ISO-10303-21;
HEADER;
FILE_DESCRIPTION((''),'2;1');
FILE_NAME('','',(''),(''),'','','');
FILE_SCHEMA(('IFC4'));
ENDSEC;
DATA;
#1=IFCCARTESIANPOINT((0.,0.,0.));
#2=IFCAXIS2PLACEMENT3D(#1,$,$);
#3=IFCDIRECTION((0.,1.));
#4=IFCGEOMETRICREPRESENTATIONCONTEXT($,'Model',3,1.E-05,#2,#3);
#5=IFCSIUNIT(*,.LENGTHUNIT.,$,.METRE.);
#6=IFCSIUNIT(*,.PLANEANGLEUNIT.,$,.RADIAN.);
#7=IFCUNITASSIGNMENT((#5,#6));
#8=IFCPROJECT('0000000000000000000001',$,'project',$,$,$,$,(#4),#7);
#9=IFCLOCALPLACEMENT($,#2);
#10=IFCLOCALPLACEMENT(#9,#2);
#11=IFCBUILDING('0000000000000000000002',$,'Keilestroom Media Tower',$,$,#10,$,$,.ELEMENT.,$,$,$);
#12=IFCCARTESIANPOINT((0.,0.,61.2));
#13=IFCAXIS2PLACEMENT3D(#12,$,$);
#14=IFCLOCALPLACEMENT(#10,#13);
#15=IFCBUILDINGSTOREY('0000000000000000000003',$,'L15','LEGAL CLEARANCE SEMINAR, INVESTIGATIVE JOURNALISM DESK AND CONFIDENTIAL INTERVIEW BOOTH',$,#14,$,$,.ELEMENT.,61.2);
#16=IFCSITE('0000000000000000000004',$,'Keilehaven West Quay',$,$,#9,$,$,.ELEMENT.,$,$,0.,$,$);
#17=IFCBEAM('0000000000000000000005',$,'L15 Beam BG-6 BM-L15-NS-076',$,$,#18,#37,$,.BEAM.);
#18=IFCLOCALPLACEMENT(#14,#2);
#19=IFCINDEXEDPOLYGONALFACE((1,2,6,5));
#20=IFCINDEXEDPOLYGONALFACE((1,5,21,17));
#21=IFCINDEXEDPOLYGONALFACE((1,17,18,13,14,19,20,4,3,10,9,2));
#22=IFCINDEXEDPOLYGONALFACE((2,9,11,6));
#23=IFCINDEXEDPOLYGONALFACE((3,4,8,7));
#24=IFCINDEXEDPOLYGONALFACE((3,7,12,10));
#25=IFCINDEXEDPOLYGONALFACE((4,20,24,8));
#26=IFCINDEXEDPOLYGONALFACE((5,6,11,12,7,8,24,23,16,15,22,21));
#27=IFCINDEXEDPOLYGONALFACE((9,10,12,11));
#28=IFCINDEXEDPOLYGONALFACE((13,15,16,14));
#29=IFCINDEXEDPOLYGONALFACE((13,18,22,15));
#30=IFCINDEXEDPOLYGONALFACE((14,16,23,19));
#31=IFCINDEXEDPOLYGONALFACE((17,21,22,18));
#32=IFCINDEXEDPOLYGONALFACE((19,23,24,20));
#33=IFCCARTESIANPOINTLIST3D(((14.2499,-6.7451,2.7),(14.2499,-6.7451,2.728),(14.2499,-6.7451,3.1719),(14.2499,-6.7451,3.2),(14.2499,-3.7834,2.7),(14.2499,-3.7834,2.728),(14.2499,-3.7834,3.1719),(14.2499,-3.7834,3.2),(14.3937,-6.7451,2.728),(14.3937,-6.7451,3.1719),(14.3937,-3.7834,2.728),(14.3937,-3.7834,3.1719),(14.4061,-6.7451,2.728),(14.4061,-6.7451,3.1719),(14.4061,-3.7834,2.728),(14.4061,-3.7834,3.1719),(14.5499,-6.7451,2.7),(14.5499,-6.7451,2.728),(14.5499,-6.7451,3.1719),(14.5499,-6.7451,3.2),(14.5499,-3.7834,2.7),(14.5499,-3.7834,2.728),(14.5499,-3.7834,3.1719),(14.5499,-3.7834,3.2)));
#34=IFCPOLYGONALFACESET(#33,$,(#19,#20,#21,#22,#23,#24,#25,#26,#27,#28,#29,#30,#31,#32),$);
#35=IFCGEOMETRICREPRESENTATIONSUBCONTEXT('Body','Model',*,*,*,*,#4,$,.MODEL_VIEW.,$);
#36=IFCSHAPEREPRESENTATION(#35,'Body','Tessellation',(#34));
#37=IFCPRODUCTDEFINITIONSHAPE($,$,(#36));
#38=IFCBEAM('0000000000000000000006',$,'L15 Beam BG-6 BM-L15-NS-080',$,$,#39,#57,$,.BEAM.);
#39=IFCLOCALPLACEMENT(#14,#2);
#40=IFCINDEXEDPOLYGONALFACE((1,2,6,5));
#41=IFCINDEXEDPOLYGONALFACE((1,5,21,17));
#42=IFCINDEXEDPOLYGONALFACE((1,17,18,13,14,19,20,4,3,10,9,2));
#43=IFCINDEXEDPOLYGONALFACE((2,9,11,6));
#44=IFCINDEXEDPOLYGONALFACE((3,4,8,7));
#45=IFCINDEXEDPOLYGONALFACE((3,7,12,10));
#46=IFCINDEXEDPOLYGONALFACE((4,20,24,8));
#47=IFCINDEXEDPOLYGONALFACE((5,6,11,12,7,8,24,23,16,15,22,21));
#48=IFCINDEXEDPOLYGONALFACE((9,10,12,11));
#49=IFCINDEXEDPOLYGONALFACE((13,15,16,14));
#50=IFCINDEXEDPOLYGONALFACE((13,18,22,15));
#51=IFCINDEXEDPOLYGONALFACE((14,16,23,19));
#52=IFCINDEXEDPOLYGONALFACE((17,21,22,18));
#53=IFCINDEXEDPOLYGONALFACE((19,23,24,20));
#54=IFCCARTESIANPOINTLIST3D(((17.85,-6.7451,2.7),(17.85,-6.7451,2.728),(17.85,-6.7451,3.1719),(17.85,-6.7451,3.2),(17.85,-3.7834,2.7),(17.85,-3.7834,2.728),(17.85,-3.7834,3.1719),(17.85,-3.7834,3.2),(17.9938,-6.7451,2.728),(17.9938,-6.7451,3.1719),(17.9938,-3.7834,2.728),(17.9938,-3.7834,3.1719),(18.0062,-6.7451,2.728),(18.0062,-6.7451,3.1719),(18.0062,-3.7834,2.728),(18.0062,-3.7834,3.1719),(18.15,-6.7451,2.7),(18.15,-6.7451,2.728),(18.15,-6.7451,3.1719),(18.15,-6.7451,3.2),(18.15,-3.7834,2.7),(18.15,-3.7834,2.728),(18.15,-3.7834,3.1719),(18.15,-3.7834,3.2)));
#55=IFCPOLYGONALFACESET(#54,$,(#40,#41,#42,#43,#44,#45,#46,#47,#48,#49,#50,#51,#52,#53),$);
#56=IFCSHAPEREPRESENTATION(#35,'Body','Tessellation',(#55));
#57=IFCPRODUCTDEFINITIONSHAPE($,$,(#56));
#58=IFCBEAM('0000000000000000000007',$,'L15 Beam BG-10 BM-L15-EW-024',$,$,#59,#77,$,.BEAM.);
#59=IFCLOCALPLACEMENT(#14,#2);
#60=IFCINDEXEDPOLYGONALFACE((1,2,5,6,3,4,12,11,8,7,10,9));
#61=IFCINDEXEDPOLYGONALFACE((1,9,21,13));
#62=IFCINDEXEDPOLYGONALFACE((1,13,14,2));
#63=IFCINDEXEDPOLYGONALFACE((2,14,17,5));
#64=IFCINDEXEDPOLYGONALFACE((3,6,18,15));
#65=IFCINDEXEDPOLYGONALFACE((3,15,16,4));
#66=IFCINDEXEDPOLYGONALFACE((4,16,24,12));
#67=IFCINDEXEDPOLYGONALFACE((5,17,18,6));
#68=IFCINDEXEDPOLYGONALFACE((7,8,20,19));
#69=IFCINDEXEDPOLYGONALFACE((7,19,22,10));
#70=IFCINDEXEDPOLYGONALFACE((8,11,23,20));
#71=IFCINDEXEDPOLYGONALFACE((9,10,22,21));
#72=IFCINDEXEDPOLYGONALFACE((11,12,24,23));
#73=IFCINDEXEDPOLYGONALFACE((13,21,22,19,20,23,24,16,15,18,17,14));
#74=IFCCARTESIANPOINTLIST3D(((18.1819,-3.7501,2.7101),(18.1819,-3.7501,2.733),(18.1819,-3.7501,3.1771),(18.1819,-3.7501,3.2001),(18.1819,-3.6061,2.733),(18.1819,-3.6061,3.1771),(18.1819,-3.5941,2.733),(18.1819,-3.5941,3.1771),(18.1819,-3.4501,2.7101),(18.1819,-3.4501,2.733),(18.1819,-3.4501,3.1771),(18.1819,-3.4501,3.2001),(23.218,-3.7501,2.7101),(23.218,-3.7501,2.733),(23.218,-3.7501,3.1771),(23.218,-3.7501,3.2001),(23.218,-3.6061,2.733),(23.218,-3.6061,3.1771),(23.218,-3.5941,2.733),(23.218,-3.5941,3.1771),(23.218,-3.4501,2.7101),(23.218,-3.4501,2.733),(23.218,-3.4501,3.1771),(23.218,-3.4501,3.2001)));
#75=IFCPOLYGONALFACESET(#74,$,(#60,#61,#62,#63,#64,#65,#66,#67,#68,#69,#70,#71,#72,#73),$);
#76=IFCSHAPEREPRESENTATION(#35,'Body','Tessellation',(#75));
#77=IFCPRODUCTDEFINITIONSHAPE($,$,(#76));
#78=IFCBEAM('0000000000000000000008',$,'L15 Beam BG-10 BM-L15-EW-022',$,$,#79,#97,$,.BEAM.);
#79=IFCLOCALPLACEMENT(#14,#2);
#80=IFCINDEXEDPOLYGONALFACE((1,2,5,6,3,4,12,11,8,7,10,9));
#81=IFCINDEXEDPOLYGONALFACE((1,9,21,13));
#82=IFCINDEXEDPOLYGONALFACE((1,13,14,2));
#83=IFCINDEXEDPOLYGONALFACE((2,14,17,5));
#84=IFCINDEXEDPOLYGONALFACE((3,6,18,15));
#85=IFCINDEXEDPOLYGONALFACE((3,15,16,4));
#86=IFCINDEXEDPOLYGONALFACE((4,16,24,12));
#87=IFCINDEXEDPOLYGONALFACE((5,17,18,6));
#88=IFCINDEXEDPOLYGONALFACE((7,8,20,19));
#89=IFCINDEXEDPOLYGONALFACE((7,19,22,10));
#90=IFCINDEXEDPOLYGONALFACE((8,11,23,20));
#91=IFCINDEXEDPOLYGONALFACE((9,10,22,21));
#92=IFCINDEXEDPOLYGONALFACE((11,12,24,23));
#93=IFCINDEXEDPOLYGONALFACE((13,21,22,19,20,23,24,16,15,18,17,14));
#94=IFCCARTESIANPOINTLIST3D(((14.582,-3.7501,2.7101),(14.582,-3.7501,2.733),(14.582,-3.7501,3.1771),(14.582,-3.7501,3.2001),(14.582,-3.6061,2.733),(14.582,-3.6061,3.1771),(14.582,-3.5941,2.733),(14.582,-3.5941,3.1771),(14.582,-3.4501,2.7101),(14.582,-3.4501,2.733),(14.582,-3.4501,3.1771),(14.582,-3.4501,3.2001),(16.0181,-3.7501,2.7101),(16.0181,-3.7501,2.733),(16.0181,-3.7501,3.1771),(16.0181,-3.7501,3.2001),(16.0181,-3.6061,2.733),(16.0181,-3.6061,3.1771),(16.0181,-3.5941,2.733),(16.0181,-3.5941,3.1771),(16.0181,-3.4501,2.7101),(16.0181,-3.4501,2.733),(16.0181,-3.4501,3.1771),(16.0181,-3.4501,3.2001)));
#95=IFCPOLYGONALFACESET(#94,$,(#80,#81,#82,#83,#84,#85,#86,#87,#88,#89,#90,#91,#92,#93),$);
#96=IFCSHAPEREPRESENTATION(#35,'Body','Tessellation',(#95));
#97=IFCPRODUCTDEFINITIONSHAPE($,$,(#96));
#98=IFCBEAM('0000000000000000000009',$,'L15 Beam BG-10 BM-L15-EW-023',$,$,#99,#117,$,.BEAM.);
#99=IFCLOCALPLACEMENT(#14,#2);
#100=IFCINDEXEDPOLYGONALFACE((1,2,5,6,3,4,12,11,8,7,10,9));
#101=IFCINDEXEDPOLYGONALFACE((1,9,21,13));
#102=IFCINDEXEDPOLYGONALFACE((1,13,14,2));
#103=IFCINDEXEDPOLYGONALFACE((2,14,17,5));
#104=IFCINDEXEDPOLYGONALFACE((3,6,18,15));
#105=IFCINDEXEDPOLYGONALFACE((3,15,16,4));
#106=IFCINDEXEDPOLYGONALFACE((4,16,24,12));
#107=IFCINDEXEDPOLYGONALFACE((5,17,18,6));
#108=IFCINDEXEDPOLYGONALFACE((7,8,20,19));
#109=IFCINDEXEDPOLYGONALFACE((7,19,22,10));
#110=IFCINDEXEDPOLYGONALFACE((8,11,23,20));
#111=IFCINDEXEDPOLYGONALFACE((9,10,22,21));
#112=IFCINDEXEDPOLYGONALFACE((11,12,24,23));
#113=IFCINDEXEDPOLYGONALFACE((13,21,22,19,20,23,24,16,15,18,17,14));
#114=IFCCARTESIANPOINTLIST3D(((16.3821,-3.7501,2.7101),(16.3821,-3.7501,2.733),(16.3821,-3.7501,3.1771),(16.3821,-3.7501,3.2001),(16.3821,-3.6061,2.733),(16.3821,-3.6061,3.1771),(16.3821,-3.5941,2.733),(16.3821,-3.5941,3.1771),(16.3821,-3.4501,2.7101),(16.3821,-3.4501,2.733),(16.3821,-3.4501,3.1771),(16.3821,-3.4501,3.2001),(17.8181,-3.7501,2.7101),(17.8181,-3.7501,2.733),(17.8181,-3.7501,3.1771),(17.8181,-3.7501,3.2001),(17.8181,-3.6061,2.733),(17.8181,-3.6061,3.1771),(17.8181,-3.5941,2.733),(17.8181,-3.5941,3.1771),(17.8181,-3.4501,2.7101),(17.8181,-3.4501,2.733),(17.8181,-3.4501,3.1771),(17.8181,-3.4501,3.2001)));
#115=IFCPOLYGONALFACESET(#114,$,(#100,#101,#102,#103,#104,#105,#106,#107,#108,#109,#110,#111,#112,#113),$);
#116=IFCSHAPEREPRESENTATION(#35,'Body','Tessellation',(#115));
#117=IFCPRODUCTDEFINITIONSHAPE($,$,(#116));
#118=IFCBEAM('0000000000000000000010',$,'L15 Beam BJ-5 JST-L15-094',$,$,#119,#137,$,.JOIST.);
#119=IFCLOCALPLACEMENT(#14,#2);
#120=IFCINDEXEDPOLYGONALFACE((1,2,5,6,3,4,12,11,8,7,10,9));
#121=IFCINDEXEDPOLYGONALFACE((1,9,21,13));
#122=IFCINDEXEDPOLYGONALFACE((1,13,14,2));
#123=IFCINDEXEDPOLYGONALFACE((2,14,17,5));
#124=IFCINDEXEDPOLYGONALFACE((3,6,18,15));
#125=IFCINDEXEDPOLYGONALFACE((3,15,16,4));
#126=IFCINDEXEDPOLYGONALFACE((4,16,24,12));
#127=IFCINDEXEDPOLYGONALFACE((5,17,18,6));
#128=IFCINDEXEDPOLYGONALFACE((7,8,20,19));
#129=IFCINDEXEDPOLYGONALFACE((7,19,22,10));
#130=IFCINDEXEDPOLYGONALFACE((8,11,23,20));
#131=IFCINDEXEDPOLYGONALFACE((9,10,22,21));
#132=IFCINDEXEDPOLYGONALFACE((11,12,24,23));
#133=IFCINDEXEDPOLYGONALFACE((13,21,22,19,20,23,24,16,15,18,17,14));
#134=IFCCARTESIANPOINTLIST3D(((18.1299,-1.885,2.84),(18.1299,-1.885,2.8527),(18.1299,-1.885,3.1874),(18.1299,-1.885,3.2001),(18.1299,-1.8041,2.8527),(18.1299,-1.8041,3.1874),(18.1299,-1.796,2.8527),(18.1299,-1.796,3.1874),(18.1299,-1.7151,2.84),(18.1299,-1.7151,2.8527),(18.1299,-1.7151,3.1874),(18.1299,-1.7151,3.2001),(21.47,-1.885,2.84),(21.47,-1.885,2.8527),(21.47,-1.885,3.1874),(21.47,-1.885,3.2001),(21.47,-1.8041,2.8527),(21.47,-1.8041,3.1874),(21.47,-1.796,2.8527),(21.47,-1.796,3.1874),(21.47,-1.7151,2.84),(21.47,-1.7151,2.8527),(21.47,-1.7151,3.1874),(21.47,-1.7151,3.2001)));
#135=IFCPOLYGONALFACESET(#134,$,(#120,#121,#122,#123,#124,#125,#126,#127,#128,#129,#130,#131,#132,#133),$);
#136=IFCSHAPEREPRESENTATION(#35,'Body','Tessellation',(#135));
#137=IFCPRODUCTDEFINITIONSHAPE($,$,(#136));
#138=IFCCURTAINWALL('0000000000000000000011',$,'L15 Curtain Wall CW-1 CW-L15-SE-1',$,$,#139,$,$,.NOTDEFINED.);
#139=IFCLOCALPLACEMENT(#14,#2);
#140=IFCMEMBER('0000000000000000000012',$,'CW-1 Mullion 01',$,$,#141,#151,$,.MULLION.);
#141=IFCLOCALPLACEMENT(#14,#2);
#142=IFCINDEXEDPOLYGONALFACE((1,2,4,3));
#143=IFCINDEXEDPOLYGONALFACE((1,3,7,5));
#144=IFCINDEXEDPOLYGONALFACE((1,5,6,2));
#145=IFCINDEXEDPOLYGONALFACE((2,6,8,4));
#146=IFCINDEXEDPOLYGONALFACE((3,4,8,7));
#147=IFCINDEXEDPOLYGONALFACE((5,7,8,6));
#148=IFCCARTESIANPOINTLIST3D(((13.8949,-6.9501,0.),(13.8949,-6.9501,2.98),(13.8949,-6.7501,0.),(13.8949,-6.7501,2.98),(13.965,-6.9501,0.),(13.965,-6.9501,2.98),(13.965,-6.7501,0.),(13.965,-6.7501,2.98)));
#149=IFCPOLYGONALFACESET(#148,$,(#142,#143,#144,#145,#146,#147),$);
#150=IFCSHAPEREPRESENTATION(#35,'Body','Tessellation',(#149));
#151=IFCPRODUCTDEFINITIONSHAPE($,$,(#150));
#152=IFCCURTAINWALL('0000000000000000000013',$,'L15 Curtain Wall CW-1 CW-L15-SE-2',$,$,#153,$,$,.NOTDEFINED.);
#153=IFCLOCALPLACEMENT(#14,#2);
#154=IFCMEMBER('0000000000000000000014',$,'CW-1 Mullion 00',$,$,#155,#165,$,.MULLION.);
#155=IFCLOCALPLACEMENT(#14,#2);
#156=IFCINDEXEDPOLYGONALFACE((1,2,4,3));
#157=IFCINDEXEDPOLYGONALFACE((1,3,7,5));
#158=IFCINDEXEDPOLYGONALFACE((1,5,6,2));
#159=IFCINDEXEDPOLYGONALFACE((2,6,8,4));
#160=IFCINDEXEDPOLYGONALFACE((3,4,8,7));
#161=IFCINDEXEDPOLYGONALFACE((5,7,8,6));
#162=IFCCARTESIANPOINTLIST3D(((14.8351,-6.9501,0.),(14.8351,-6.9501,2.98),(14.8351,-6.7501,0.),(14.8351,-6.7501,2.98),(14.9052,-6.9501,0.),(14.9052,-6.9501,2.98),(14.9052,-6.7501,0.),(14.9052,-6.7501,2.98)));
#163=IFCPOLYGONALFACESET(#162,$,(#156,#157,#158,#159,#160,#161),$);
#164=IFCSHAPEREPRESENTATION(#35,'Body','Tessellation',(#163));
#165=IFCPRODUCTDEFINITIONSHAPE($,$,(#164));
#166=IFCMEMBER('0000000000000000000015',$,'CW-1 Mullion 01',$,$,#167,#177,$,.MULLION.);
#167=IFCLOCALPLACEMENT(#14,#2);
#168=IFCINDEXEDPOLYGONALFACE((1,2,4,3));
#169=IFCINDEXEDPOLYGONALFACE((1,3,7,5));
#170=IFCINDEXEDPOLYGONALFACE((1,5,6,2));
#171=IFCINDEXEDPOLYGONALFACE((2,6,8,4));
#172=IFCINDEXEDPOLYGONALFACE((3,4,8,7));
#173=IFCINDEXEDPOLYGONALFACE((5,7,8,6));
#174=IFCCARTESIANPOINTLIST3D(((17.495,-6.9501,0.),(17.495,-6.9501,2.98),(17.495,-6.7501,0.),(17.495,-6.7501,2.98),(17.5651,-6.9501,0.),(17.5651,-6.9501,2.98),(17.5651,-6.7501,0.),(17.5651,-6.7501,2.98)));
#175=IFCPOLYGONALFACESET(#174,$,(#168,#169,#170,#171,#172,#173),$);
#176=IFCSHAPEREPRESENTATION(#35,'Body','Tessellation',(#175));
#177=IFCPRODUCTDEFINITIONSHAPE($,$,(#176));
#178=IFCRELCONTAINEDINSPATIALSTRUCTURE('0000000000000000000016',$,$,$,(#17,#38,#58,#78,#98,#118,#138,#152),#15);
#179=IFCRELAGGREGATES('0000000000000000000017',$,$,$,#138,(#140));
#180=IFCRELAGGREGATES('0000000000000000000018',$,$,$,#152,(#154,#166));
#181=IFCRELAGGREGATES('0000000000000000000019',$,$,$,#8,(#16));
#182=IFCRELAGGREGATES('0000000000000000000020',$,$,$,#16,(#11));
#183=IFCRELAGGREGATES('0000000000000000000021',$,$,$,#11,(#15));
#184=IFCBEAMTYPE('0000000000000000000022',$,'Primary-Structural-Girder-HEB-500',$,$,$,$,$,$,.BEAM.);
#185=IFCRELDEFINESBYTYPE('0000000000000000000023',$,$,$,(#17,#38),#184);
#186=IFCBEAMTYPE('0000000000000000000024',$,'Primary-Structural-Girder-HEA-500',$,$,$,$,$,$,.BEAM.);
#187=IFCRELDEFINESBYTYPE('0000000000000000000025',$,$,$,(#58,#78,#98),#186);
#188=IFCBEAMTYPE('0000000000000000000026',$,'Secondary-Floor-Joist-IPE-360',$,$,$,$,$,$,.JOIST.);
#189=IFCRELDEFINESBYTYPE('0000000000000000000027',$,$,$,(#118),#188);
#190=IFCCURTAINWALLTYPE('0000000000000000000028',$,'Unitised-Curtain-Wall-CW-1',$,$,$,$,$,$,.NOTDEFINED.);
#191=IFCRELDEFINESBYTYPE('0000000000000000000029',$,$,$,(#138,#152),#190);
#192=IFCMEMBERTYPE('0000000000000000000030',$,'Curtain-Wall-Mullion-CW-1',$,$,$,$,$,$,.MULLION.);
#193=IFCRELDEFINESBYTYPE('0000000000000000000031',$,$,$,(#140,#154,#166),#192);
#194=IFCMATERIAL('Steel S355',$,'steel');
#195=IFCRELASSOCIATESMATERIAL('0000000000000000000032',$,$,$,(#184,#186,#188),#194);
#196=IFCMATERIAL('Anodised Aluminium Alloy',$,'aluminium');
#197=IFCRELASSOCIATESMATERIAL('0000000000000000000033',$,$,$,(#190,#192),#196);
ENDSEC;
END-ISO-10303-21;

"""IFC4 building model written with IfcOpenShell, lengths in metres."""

from ifc_helpers import new_model, si_unit, direction, frame, origin, origin_2d, place, context, subcontext, project, spatial, rectangle, i_section, extrude, source, transform, mapped, material, material_profile, profile_set, type_object, element, aggregate, save


model = new_model("IFC4")

# Units and contexts
model_context = context("Model", 3, precision=1e-05, world=origin(), true_north=direction((0.0, 1.0)))
body_context = subcontext(model_context, "Body", "Model", "MODEL_VIEW")
ifc_project = project(units=[si_unit("LENGTHUNIT", "METRE"), si_unit("PLANEANGLEUNIT", "RADIAN")], contexts=[model_context])

# Site, building, storey
site_placement = place(None, origin())
site = spatial("IfcSite", under=ifc_project, at=site_placement, Name="Keilehaven West Quay", CompositionType="ELEMENT", RefElevation=0.0)
building_placement = place(site_placement, origin())
building = spatial("IfcBuilding", under=site, at=building_placement, Name="Keilestroom Media Tower", CompositionType="ELEMENT")
storey_placement = place(building_placement, frame((0.0, 0.0, 61.2)))
storey = spatial("IfcBuildingStorey", under=building, at=storey_placement, Name="L15", Description="LEGAL CLEARANCE SEMINAR, INVESTIGATIVE JOURNALISM DESK AND CONFIDENTIAL INTERVIEW BOOTH", CompositionType="ELEMENT", Elevation=61.2)

# Beams
ifc_material_1 = material(Name="Steel S355", Category="steel")
ifc_material_profile_1 = material_profile(ifc_material_1, i_section(OverallWidth=0.3, OverallDepth=0.5, WebThickness=0.0125, FlangeThickness=0.0281, at=origin_2d()), Name="HEB 500")
ifc_profile_set_1 = profile_set([ifc_material_profile_1], Name="Steel S355")
beam_type_1 = type_object("IfcBeamType", Name="Primary-Structural-Girder-HEB-500", PredefinedType="BEAM", material=ifc_profile_set_1)
shared_shape_1 = source(origin(), body_context, "Body", "SweptSolid", [
    extrude(i_section(OverallWidth=0.3, OverallDepth=0.5, WebThickness=0.0125, FlangeThickness=0.0281, at=origin_2d()), origin(), (0.0, 0.0, 1.0), 2.9617),
])
for number, where, z_axis, x_axis, name in (
    (1, (14.3999, -6.7451, 2.95), (0.0, 1.0, 0.0), (-1.0, 0.0, 0.0), "L15 Beam BG-6 BM-L15-NS-076"),
    (2, (18.0, -6.7451, 2.95), (0.0, 1.0, 0.0), (-1.0, 0.0, 0.0), "L15 Beam BG-6 BM-L15-NS-080"),
):
    element("IfcBeam", number, at=place(storey_placement, frame(where, z_axis=z_axis, x_axis=x_axis)), inside=storey, type_object=beam_type_1, Name=name, PredefinedType="BEAM", context=body_context, shape_type="MappedRepresentation", body=[
        mapped(shared_shape_1, transform((0.0, 0.0, 0.0), x_axis=(1.0, 0.0, 0.0), y_axis=(0.0, 1.0, 0.0), z_axis=(0.0, 0.0, 1.0), scale=1.0)),
    ])
ifc_material_profile_2 = material_profile(ifc_material_1, i_section(OverallWidth=0.3, OverallDepth=0.49, WebThickness=0.012, FlangeThickness=0.0229, at=origin_2d()), Name="HEA 500")
ifc_profile_set_2 = profile_set([ifc_material_profile_2], Name="Steel S355")
beam_type_2 = type_object("IfcBeamType", Name="Primary-Structural-Girder-HEA-500", PredefinedType="BEAM", material=ifc_profile_set_2)
shared_shape_2 = source(origin(), body_context, "Body", "SweptSolid", [
    extrude(i_section(OverallWidth=0.3, OverallDepth=0.49, WebThickness=0.012, FlangeThickness=0.0229, at=origin_2d()), origin(), (0.0, 0.0, 1.0), 5.0361),
])
beam_1_placement = place(storey_placement, frame((18.1819, -3.6001, 2.9551), z_axis=(1.0, 0.0, 0.0), x_axis=(0.0, 1.0, 0.0)))
element("IfcBeam", 3, at=beam_1_placement, inside=storey, type_object=beam_type_2, Name="L15 Beam BG-10 BM-L15-EW-024", PredefinedType="BEAM", context=body_context, shape_type="MappedRepresentation", body=[
    mapped(shared_shape_2, transform((0.0, 0.0, 0.0), x_axis=(1.0, 0.0, 0.0), y_axis=(0.0, 1.0, 0.0), z_axis=(0.0, 0.0, 1.0), scale=1.0)),
])
shared_shape_3 = source(origin(), body_context, "Body", "SweptSolid", [
    extrude(i_section(OverallWidth=0.3, OverallDepth=0.49, WebThickness=0.012, FlangeThickness=0.0229, at=origin_2d()), origin(), (0.0, 0.0, 1.0), 1.436),
])
for number, where, z_axis, x_axis, name in (
    (4, (14.582, -3.6001, 2.9551), (1.0, 0.0, 0.0), (0.0, 1.0, 0.0), "L15 Beam BG-10 BM-L15-EW-022"),
    (5, (16.3821, -3.6001, 2.9551), (1.0, 0.0, 0.0), (0.0, 1.0, 0.0), "L15 Beam BG-10 BM-L15-EW-023"),
):
    element("IfcBeam", number, at=place(storey_placement, frame(where, z_axis=z_axis, x_axis=x_axis)), inside=storey, type_object=beam_type_2, Name=name, PredefinedType="BEAM", context=body_context, shape_type="MappedRepresentation", body=[
        mapped(shared_shape_3, transform((0.0, 0.0, 0.0), x_axis=(1.0, 0.0, 0.0), y_axis=(0.0, 1.0, 0.0), z_axis=(0.0, 0.0, 1.0), scale=1.0)),
    ])
ifc_material_profile_3 = material_profile(ifc_material_1, i_section(OverallWidth=0.1699, OverallDepth=0.3601, WebThickness=0.0081, FlangeThickness=0.0127, at=origin_2d()), Name="IPE 360")
ifc_profile_set_3 = profile_set([ifc_material_profile_3], Name="Steel S355")
beam_type_3 = type_object("IfcBeamType", Name="Secondary-Floor-Joist-IPE-360", PredefinedType="JOIST", material=ifc_profile_set_3)
shared_shape_4 = source(origin(), body_context, "Body", "SweptSolid", [
    extrude(i_section(OverallWidth=0.1699, OverallDepth=0.3601, WebThickness=0.0081, FlangeThickness=0.0127, at=origin_2d()), origin(), (0.0, 0.0, 1.0), 3.3401),
])
beam_2_placement = place(storey_placement, frame((18.1299, -1.8, 3.02), z_axis=(1.0, 0.0, 0.0), x_axis=(0.0, 1.0, 0.0)))
element("IfcBeam", 6, at=beam_2_placement, inside=storey, type_object=beam_type_3, Name="L15 Beam BJ-5 JST-L15-094", PredefinedType="JOIST", context=body_context, shape_type="MappedRepresentation", body=[
    mapped(shared_shape_4, transform((0.0, 0.0, 0.0), x_axis=(1.0, 0.0, 0.0), y_axis=(0.0, 1.0, 0.0), z_axis=(0.0, 0.0, 1.0), scale=1.0)),
])

# Curtain wall, member
ifc_material_2 = material(Name="Anodised Aluminium Alloy", Category="aluminium")
curtain_wall_type = type_object("IfcCurtainWallType", Name="Unitised-Curtain-Wall-CW-1", PredefinedType="NOTDEFINED", material=ifc_material_2)
curtain_wall_1_placement = place(storey_placement, origin())
curtain_wall_1 = element("IfcCurtainWall", 7, at=curtain_wall_1_placement, inside=storey, type_object=curtain_wall_type, Name="L15 Curtain Wall CW-1 CW-L15-SE-1", PredefinedType="NOTDEFINED")
ifc_material_profile_4 = material_profile(ifc_material_2, rectangle(XDim=0.0701, YDim=0.2, at=origin_2d()), Name="ALU MULLION 70x200")
ifc_profile_set_4 = profile_set([ifc_material_profile_4], Name="Anodised Aluminium Alloy")
member_type_1 = type_object("IfcMemberType", Name="Curtain-Wall-Mullion-CW-1", PredefinedType="MULLION", material=ifc_profile_set_4)
shared_shape_5 = source(origin(), body_context, "Body", "SweptSolid", [
    extrude(rectangle(XDim=0.0701, YDim=0.2, at=origin_2d()), origin(), (0.0, 0.0, 1.0), 2.98),
])
member_1_placement = place(storey_placement, frame((13.9299, -6.8501, 0.0), z_axis=(0.0, 0.0, 1.0), x_axis=(1.0, 0.0, 0.0)))
member_1 = element("IfcMember", 8, at=member_1_placement, type_object=member_type_1, Name="CW-1 Mullion 01", PredefinedType="MULLION", context=body_context, shape_type="MappedRepresentation", body=[
    mapped(shared_shape_5, transform((0.0, 0.0, 0.0), x_axis=(1.0, 0.0, 0.0), y_axis=(0.0, 1.0, 0.0), z_axis=(0.0, 0.0, 1.0), scale=1.0)),
])
aggregate(curtain_wall_1, [member_1])

# Curtain wall, members
curtain_wall_2_placement = place(storey_placement, origin())
curtain_wall_2 = element("IfcCurtainWall", 9, at=curtain_wall_2_placement, inside=storey, type_object=curtain_wall_type, Name="L15 Curtain Wall CW-1 CW-L15-SE-2", PredefinedType="NOTDEFINED")
member_2_placement = place(storey_placement, frame((14.8701, -6.8501, 0.0), z_axis=(0.0, 0.0, 1.0), x_axis=(1.0, 0.0, 0.0)))
member_2 = element("IfcMember", 10, at=member_2_placement, type_object=member_type_1, Name="CW-1 Mullion 00", PredefinedType="MULLION", context=body_context, shape_type="MappedRepresentation", body=[
    mapped(shared_shape_5, transform((0.0, 0.0, 0.0), x_axis=(1.0, 0.0, 0.0), y_axis=(0.0, 1.0, 0.0), z_axis=(0.0, 0.0, 1.0), scale=1.0)),
])
member_3_placement = place(storey_placement, frame((17.53, -6.8501, 0.0), z_axis=(0.0, 0.0, 1.0), x_axis=(1.0, 0.0, 0.0)))
member_3 = element("IfcMember", 11, at=member_3_placement, type_object=member_type_1, Name="CW-1 Mullion 01", PredefinedType="MULLION", context=body_context, shape_type="MappedRepresentation", body=[
    mapped(shared_shape_5, transform((0.0, 0.0, 0.0), x_axis=(1.0, 0.0, 0.0), y_axis=(0.0, 1.0, 0.0), z_axis=(0.0, 0.0, 1.0), scale=1.0)),
])

aggregate(curtain_wall_2, [member_2, member_3])

save(model, "model.ifc")
